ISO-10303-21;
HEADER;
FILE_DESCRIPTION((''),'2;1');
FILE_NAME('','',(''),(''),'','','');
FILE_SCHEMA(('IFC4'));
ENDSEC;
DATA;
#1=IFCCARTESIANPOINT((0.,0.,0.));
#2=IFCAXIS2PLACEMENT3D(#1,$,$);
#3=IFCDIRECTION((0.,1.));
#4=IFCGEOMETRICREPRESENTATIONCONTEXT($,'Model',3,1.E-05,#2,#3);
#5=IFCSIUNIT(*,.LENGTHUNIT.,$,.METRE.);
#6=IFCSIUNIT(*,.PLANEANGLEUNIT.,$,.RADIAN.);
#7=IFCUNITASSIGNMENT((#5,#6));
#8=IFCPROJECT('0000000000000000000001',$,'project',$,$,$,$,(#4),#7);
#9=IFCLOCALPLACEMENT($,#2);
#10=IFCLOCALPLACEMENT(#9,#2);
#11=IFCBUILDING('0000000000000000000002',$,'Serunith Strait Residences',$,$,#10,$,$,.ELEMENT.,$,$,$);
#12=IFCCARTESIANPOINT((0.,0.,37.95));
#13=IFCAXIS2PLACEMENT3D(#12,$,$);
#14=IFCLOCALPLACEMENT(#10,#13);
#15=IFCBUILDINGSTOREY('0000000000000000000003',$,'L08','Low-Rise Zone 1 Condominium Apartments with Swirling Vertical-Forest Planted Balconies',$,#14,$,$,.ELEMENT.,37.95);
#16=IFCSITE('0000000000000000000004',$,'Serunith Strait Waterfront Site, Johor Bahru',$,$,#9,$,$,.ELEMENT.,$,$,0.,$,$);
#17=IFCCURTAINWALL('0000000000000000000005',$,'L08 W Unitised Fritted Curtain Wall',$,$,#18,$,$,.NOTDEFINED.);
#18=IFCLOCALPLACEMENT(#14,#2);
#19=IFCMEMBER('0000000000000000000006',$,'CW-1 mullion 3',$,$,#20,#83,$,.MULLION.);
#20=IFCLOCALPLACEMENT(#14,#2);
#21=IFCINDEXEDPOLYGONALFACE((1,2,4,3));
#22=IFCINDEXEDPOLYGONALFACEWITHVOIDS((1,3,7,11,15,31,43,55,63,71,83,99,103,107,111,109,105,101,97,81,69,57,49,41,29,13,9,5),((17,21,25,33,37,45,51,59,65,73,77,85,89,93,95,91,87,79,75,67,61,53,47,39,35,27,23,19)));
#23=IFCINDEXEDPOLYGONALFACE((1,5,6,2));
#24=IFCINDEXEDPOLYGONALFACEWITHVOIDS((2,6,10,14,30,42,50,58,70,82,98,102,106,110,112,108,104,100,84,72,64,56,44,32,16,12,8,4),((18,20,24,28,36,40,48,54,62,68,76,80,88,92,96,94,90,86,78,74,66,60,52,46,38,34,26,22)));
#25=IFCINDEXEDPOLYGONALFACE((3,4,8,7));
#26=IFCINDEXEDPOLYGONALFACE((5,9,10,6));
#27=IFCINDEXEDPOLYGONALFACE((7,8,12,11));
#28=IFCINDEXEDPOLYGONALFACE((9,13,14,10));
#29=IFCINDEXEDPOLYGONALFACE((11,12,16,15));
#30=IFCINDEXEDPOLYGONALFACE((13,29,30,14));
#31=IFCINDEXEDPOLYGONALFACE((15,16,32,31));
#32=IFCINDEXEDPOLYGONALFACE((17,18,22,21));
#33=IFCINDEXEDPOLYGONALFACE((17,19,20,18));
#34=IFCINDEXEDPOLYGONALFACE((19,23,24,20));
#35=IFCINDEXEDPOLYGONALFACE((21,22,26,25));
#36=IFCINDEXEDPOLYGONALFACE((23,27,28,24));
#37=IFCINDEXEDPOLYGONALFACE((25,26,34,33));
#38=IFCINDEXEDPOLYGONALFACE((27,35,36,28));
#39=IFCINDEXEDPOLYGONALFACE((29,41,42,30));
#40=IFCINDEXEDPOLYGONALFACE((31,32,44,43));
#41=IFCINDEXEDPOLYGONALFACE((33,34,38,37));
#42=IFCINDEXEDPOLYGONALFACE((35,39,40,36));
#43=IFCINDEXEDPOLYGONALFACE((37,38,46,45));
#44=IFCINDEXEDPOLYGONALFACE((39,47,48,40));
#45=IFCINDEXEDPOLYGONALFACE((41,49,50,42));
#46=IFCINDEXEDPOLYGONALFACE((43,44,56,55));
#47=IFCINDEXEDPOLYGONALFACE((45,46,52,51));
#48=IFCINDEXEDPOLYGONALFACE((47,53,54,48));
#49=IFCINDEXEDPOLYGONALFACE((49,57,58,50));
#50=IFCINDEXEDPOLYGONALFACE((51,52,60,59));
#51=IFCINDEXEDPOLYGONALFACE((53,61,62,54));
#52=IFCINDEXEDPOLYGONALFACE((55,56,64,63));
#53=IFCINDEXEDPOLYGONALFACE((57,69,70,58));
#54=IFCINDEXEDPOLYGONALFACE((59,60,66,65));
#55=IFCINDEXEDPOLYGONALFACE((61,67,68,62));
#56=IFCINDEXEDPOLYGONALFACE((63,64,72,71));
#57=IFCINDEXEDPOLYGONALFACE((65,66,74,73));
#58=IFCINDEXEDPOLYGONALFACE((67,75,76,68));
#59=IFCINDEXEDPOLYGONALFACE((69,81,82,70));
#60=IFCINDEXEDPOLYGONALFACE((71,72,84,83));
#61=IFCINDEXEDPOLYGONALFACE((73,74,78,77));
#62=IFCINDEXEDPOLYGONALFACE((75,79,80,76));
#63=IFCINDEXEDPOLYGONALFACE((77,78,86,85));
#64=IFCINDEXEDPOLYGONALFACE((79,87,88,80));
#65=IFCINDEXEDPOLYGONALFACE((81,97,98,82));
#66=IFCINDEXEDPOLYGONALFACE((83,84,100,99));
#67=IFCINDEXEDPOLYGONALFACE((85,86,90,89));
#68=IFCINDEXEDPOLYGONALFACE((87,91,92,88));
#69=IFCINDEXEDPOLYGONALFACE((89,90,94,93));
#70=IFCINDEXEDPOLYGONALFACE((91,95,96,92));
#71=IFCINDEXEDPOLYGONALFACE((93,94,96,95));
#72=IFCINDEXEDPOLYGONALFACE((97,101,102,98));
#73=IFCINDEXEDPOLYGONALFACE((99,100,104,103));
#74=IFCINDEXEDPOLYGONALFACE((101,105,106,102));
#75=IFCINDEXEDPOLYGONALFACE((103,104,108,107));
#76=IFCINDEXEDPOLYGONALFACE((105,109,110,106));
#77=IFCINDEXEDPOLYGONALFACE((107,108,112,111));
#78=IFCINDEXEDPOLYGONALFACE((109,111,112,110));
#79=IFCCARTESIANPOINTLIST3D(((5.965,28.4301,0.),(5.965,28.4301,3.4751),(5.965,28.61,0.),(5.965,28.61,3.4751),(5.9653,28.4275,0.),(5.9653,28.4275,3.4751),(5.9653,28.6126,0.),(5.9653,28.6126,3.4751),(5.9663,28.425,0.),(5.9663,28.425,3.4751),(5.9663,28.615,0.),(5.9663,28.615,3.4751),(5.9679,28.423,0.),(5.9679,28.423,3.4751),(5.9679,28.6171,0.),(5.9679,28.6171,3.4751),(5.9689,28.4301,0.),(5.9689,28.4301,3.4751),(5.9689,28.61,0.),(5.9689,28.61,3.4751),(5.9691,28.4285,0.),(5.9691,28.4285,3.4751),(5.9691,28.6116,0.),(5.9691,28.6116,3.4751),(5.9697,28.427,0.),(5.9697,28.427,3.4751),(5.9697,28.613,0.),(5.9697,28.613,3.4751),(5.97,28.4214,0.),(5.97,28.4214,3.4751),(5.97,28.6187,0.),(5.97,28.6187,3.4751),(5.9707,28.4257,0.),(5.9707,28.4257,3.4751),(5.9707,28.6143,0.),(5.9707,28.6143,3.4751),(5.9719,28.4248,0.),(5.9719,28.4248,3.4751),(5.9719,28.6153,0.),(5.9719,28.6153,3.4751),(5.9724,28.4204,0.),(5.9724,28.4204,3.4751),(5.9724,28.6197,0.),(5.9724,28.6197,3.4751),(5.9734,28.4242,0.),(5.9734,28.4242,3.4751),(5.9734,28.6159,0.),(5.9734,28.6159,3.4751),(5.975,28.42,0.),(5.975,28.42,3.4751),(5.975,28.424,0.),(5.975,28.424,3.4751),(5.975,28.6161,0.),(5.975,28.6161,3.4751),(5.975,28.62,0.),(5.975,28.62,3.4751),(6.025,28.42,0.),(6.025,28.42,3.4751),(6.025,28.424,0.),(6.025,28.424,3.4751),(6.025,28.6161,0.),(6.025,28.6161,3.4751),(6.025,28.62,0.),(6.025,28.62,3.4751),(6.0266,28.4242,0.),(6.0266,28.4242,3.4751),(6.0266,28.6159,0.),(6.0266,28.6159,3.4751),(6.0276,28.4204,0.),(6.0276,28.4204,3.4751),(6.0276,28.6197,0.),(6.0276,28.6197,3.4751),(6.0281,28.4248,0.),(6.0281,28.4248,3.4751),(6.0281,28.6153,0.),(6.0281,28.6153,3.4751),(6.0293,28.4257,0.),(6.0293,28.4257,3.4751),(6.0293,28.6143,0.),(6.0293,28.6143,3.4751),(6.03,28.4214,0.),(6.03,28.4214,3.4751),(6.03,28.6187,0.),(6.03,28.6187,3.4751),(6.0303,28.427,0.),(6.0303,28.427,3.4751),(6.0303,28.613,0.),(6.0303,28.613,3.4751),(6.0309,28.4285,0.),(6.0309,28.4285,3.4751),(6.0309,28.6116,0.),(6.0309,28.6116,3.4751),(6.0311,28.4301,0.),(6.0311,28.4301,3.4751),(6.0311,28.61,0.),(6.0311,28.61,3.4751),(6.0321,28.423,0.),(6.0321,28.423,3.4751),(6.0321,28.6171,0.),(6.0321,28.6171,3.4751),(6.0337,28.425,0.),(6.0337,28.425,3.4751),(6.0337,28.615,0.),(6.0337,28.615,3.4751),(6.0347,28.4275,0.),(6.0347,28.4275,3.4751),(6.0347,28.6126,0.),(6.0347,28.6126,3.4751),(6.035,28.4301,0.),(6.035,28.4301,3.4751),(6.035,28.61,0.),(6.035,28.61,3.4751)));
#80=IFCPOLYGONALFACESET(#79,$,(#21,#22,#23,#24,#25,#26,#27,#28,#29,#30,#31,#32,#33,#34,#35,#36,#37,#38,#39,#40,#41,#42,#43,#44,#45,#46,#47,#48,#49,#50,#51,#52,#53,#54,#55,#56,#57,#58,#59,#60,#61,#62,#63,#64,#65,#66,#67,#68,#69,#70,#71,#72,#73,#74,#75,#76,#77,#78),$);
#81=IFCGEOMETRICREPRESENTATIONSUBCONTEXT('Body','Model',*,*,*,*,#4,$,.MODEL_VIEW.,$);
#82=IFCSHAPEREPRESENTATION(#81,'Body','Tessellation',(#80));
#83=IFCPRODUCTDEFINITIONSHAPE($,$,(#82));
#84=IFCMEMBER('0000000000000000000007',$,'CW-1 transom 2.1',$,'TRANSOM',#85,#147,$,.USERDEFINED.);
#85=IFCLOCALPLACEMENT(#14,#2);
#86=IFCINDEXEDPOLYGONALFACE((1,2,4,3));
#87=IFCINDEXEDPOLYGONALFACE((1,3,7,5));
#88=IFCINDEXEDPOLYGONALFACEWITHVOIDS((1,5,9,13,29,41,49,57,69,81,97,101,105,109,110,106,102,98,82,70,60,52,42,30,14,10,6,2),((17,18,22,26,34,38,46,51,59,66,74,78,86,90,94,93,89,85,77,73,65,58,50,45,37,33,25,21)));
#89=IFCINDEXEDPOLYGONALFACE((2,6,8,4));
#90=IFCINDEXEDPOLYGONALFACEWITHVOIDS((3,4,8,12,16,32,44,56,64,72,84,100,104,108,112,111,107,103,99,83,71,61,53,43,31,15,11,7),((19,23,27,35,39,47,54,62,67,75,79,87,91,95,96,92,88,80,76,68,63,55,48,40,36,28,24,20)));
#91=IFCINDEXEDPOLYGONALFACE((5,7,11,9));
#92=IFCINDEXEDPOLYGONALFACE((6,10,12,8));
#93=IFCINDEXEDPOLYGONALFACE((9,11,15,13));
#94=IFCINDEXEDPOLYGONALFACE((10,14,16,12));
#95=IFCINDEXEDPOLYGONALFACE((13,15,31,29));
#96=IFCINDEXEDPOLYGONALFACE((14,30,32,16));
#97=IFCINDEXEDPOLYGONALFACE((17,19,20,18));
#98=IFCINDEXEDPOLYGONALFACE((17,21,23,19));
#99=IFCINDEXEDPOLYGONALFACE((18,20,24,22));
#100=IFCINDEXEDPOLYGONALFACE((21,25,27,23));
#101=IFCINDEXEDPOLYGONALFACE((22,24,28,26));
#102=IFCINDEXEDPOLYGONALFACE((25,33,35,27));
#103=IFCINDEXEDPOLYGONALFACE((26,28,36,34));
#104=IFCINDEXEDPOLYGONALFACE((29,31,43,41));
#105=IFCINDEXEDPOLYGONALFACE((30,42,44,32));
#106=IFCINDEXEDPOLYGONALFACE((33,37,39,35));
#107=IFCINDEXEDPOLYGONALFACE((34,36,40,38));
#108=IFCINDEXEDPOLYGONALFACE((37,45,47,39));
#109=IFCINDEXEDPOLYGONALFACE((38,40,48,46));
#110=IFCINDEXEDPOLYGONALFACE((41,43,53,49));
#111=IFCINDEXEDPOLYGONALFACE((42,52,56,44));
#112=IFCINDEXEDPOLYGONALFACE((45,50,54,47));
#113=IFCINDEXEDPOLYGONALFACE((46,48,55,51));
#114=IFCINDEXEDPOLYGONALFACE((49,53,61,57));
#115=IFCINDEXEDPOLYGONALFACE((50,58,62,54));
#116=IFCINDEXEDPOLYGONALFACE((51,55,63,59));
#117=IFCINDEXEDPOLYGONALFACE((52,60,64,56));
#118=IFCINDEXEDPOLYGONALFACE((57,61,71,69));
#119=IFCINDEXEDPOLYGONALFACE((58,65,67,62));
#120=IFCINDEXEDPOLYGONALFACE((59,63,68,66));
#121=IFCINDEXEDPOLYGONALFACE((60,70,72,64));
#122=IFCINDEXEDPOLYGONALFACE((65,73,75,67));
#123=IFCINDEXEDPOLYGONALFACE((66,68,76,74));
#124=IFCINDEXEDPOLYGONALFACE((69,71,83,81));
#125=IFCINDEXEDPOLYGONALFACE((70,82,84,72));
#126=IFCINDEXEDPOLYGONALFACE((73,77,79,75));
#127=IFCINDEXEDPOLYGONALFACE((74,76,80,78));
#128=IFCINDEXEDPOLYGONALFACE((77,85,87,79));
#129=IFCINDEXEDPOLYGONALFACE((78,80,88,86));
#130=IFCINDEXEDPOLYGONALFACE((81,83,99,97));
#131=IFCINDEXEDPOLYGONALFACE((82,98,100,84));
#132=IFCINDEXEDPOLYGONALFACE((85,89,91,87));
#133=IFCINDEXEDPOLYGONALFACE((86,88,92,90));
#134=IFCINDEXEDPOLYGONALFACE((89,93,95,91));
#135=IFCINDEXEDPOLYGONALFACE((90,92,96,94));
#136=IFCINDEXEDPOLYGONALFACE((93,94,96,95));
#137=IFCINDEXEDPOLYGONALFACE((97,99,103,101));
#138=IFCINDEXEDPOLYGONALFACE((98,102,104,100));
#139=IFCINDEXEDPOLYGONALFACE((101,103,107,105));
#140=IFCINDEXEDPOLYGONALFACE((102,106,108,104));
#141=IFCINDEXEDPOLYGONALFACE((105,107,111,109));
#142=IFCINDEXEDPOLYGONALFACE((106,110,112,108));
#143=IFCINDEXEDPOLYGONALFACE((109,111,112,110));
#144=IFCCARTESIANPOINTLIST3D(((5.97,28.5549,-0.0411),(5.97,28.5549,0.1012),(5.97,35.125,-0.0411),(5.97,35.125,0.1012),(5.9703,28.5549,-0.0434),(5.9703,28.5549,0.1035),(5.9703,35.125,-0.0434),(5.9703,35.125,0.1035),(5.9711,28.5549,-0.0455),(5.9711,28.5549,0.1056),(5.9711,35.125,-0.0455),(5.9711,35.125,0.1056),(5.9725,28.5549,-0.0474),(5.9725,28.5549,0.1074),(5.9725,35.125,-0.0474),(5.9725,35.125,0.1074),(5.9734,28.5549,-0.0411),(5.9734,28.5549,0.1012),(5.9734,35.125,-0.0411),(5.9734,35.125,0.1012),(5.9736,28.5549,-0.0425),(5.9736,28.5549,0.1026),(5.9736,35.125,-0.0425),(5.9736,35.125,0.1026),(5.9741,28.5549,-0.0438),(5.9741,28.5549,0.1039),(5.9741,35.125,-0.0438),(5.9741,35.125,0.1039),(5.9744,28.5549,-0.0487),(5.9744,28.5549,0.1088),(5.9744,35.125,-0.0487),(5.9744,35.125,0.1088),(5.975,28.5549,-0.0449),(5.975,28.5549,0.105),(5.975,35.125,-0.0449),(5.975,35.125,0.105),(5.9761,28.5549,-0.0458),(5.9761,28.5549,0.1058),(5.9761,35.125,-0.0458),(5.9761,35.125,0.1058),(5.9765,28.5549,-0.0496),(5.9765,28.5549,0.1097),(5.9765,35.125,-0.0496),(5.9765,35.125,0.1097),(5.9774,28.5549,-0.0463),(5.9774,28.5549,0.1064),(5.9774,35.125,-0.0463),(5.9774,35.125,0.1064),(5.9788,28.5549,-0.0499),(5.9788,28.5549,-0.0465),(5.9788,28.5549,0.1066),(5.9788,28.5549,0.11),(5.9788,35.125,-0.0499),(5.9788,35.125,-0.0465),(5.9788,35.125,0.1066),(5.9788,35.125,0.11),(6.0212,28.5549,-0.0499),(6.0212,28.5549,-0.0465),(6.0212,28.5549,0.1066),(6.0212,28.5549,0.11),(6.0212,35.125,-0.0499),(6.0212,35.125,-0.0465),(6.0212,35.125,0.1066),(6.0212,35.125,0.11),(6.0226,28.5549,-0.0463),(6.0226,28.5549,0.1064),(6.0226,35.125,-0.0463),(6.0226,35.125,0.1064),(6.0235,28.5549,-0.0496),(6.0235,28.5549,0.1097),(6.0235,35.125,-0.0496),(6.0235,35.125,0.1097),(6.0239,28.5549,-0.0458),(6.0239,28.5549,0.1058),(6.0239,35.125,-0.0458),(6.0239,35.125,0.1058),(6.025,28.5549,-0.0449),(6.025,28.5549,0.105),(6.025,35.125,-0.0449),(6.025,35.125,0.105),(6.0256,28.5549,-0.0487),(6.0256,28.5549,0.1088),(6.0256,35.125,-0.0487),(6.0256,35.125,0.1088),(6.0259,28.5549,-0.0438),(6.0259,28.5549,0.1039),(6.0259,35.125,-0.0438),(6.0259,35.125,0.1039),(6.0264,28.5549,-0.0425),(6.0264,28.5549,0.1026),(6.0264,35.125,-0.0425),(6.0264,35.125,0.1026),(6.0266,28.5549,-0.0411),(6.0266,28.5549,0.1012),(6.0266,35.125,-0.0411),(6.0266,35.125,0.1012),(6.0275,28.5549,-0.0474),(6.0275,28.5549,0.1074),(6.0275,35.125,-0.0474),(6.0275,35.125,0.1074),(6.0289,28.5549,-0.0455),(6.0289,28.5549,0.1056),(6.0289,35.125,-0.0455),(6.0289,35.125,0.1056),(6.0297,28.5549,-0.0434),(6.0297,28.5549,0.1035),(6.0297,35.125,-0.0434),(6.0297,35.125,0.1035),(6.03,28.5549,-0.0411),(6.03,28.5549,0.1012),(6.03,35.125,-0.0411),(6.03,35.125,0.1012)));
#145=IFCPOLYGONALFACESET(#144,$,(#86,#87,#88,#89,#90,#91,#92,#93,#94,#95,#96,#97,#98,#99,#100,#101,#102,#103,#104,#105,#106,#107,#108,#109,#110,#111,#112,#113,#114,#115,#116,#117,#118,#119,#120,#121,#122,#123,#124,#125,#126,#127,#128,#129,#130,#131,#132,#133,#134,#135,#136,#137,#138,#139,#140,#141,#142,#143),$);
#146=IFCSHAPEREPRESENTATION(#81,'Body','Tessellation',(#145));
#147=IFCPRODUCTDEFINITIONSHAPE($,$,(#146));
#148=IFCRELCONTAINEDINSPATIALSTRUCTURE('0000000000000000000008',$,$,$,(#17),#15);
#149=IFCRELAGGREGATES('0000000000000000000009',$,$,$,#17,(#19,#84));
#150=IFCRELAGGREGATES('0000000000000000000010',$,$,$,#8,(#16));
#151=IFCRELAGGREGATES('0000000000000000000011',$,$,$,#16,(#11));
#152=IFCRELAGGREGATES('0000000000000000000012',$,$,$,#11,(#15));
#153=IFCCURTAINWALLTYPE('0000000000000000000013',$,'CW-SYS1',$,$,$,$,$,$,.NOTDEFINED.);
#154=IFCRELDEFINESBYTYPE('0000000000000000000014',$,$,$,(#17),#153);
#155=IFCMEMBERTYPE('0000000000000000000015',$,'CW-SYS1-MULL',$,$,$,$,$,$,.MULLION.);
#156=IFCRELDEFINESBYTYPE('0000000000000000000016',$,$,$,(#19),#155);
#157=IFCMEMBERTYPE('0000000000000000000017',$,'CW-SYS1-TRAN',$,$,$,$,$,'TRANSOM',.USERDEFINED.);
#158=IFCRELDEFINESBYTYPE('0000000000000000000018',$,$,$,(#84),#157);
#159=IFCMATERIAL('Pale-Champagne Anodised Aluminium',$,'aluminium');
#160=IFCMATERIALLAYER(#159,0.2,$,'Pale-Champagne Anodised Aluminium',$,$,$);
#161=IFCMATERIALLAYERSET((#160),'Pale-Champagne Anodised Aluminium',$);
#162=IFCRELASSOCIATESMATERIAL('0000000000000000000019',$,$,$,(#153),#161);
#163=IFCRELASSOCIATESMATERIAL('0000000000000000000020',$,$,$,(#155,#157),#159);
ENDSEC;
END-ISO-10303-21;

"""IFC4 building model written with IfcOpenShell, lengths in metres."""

from ifc_helpers import new_model, si_unit, direction, frame, origin, origin_2d, place, context, subcontext, project, spatial, hollow_rectangle, extrude, source, transform, mapped, material, layer, layer_set, material_profile, profile_set, type_object, element, aggregate, save


model = new_model("IFC4")

# Units and contexts
model_context = context("Model", 3, precision=1e-05, world=origin(), true_north=direction((0.0, 1.0)))
body_context = subcontext(model_context, "Body", "Model", "MODEL_VIEW")
ifc_project = project(units=[si_unit("LENGTHUNIT", "METRE"), si_unit("PLANEANGLEUNIT", "RADIAN")], contexts=[model_context])

# Site, building, storey
site_placement = place(None, origin())
site = spatial("IfcSite", under=ifc_project, at=site_placement, Name="Serunith Strait Waterfront Site, Johor Bahru", CompositionType="ELEMENT", RefElevation=0.0)
building_placement = place(site_placement, origin())
building = spatial("IfcBuilding", under=site, at=building_placement, Name="Serunith Strait Residences", CompositionType="ELEMENT")
storey_placement = place(building_placement, frame((0.0, 0.0, 37.95)))
storey = spatial("IfcBuildingStorey", under=building, at=storey_placement, Name="L08", Description="Low-Rise Zone 1 Condominium Apartments with Swirling Vertical-Forest Planted Balconies", CompositionType="ELEMENT", Elevation=37.95)

# Curtain wall, members
ifc_material_1 = material(Name="Pale-Champagne Anodised Aluminium", Category="aluminium")
ifc_layer_1 = layer(ifc_material_1, 0.2, Name="Pale-Champagne Anodised Aluminium")
ifc_layer_set_1 = layer_set([ifc_layer_1], Name="Pale-Champagne Anodised Aluminium")
curtain_wall_type = type_object("IfcCurtainWallType", Name="CW-SYS1", PredefinedType="NOTDEFINED", material=ifc_layer_set_1)
curtain_wall_placement = place(storey_placement, origin())
curtain_wall = element("IfcCurtainWall", 1, at=curtain_wall_placement, inside=storey, type_object=curtain_wall_type, Name="L08 W Unitised Fritted Curtain Wall", PredefinedType="NOTDEFINED")
ifc_material_profile_1 = material_profile(ifc_material_1, hollow_rectangle(XDim=0.0701, YDim=0.2, WallThickness=0.0039, InnerFilletRadius=0.0061, OuterFilletRadius=0.01, at=origin_2d()), Name="ALU 200x70x4")
ifc_profile_set_1 = profile_set([ifc_material_profile_1], Name="Pale-Champagne Anodised Aluminium")
member_type_1 = type_object("IfcMemberType", Name="CW-SYS1-MULL", PredefinedType="MULLION", material=ifc_profile_set_1)
shared_shape_1 = source(origin(), body_context, "Body", "SweptSolid", [
    extrude(hollow_rectangle(XDim=0.0701, YDim=0.2, WallThickness=0.0039, InnerFilletRadius=0.0061, OuterFilletRadius=0.01, at=origin_2d()), origin(), (0.0, 0.0, 1.0), 3.4751),
])
member_1_placement = place(storey_placement, frame((6.0, 28.52, 0.0), z_axis=(0.0, 0.0, 1.0), x_axis=(1.0, 0.0, 0.0)))
member_1 = element("IfcMember", 2, at=member_1_placement, type_object=member_type_1, Name="CW-1 mullion 3", PredefinedType="MULLION", context=body_context, shape_type="MappedRepresentation", body=[
    mapped(shared_shape_1, transform((0.0, 0.0, 0.0), scale=1.0)),
])
ifc_material_profile_2 = material_profile(ifc_material_1, hollow_rectangle(XDim=0.0601, YDim=0.1599, WallThickness=0.0034, InnerFilletRadius=0.0054, OuterFilletRadius=0.0088, at=origin_2d()), Name="ALU 160x60x3.5")
ifc_profile_set_2 = profile_set([ifc_material_profile_2], Name="Pale-Champagne Anodised Aluminium")
member_type_2 = type_object("IfcMemberType", Name="CW-SYS1-TRAN", ElementType="TRANSOM", PredefinedType="USERDEFINED", material=ifc_profile_set_2)
shared_shape_2 = source(origin(), body_context, "Body", "SweptSolid", [
    extrude(hollow_rectangle(XDim=0.0601, YDim=0.1599, WallThickness=0.0034, InnerFilletRadius=0.0054, OuterFilletRadius=0.0088, at=origin_2d()), origin(), (0.0, 0.0, 1.0), 6.5701),
])
member_2_placement = place(storey_placement, frame((6.0, 35.125, 0.03), z_axis=(0.0, -1.0, 0.0), x_axis=(1.0, 0.0, 0.0)))
member_2 = element("IfcMember", 3, at=member_2_placement, type_object=member_type_2, Name="CW-1 transom 2.1", ObjectType="TRANSOM", PredefinedType="USERDEFINED", context=body_context, shape_type="MappedRepresentation", body=[
    mapped(shared_shape_2, transform((0.0, 0.0, 0.0), scale=1.0)),
])
aggregate(curtain_wall, [member_1, member_2])

save(model, "model.ifc")
